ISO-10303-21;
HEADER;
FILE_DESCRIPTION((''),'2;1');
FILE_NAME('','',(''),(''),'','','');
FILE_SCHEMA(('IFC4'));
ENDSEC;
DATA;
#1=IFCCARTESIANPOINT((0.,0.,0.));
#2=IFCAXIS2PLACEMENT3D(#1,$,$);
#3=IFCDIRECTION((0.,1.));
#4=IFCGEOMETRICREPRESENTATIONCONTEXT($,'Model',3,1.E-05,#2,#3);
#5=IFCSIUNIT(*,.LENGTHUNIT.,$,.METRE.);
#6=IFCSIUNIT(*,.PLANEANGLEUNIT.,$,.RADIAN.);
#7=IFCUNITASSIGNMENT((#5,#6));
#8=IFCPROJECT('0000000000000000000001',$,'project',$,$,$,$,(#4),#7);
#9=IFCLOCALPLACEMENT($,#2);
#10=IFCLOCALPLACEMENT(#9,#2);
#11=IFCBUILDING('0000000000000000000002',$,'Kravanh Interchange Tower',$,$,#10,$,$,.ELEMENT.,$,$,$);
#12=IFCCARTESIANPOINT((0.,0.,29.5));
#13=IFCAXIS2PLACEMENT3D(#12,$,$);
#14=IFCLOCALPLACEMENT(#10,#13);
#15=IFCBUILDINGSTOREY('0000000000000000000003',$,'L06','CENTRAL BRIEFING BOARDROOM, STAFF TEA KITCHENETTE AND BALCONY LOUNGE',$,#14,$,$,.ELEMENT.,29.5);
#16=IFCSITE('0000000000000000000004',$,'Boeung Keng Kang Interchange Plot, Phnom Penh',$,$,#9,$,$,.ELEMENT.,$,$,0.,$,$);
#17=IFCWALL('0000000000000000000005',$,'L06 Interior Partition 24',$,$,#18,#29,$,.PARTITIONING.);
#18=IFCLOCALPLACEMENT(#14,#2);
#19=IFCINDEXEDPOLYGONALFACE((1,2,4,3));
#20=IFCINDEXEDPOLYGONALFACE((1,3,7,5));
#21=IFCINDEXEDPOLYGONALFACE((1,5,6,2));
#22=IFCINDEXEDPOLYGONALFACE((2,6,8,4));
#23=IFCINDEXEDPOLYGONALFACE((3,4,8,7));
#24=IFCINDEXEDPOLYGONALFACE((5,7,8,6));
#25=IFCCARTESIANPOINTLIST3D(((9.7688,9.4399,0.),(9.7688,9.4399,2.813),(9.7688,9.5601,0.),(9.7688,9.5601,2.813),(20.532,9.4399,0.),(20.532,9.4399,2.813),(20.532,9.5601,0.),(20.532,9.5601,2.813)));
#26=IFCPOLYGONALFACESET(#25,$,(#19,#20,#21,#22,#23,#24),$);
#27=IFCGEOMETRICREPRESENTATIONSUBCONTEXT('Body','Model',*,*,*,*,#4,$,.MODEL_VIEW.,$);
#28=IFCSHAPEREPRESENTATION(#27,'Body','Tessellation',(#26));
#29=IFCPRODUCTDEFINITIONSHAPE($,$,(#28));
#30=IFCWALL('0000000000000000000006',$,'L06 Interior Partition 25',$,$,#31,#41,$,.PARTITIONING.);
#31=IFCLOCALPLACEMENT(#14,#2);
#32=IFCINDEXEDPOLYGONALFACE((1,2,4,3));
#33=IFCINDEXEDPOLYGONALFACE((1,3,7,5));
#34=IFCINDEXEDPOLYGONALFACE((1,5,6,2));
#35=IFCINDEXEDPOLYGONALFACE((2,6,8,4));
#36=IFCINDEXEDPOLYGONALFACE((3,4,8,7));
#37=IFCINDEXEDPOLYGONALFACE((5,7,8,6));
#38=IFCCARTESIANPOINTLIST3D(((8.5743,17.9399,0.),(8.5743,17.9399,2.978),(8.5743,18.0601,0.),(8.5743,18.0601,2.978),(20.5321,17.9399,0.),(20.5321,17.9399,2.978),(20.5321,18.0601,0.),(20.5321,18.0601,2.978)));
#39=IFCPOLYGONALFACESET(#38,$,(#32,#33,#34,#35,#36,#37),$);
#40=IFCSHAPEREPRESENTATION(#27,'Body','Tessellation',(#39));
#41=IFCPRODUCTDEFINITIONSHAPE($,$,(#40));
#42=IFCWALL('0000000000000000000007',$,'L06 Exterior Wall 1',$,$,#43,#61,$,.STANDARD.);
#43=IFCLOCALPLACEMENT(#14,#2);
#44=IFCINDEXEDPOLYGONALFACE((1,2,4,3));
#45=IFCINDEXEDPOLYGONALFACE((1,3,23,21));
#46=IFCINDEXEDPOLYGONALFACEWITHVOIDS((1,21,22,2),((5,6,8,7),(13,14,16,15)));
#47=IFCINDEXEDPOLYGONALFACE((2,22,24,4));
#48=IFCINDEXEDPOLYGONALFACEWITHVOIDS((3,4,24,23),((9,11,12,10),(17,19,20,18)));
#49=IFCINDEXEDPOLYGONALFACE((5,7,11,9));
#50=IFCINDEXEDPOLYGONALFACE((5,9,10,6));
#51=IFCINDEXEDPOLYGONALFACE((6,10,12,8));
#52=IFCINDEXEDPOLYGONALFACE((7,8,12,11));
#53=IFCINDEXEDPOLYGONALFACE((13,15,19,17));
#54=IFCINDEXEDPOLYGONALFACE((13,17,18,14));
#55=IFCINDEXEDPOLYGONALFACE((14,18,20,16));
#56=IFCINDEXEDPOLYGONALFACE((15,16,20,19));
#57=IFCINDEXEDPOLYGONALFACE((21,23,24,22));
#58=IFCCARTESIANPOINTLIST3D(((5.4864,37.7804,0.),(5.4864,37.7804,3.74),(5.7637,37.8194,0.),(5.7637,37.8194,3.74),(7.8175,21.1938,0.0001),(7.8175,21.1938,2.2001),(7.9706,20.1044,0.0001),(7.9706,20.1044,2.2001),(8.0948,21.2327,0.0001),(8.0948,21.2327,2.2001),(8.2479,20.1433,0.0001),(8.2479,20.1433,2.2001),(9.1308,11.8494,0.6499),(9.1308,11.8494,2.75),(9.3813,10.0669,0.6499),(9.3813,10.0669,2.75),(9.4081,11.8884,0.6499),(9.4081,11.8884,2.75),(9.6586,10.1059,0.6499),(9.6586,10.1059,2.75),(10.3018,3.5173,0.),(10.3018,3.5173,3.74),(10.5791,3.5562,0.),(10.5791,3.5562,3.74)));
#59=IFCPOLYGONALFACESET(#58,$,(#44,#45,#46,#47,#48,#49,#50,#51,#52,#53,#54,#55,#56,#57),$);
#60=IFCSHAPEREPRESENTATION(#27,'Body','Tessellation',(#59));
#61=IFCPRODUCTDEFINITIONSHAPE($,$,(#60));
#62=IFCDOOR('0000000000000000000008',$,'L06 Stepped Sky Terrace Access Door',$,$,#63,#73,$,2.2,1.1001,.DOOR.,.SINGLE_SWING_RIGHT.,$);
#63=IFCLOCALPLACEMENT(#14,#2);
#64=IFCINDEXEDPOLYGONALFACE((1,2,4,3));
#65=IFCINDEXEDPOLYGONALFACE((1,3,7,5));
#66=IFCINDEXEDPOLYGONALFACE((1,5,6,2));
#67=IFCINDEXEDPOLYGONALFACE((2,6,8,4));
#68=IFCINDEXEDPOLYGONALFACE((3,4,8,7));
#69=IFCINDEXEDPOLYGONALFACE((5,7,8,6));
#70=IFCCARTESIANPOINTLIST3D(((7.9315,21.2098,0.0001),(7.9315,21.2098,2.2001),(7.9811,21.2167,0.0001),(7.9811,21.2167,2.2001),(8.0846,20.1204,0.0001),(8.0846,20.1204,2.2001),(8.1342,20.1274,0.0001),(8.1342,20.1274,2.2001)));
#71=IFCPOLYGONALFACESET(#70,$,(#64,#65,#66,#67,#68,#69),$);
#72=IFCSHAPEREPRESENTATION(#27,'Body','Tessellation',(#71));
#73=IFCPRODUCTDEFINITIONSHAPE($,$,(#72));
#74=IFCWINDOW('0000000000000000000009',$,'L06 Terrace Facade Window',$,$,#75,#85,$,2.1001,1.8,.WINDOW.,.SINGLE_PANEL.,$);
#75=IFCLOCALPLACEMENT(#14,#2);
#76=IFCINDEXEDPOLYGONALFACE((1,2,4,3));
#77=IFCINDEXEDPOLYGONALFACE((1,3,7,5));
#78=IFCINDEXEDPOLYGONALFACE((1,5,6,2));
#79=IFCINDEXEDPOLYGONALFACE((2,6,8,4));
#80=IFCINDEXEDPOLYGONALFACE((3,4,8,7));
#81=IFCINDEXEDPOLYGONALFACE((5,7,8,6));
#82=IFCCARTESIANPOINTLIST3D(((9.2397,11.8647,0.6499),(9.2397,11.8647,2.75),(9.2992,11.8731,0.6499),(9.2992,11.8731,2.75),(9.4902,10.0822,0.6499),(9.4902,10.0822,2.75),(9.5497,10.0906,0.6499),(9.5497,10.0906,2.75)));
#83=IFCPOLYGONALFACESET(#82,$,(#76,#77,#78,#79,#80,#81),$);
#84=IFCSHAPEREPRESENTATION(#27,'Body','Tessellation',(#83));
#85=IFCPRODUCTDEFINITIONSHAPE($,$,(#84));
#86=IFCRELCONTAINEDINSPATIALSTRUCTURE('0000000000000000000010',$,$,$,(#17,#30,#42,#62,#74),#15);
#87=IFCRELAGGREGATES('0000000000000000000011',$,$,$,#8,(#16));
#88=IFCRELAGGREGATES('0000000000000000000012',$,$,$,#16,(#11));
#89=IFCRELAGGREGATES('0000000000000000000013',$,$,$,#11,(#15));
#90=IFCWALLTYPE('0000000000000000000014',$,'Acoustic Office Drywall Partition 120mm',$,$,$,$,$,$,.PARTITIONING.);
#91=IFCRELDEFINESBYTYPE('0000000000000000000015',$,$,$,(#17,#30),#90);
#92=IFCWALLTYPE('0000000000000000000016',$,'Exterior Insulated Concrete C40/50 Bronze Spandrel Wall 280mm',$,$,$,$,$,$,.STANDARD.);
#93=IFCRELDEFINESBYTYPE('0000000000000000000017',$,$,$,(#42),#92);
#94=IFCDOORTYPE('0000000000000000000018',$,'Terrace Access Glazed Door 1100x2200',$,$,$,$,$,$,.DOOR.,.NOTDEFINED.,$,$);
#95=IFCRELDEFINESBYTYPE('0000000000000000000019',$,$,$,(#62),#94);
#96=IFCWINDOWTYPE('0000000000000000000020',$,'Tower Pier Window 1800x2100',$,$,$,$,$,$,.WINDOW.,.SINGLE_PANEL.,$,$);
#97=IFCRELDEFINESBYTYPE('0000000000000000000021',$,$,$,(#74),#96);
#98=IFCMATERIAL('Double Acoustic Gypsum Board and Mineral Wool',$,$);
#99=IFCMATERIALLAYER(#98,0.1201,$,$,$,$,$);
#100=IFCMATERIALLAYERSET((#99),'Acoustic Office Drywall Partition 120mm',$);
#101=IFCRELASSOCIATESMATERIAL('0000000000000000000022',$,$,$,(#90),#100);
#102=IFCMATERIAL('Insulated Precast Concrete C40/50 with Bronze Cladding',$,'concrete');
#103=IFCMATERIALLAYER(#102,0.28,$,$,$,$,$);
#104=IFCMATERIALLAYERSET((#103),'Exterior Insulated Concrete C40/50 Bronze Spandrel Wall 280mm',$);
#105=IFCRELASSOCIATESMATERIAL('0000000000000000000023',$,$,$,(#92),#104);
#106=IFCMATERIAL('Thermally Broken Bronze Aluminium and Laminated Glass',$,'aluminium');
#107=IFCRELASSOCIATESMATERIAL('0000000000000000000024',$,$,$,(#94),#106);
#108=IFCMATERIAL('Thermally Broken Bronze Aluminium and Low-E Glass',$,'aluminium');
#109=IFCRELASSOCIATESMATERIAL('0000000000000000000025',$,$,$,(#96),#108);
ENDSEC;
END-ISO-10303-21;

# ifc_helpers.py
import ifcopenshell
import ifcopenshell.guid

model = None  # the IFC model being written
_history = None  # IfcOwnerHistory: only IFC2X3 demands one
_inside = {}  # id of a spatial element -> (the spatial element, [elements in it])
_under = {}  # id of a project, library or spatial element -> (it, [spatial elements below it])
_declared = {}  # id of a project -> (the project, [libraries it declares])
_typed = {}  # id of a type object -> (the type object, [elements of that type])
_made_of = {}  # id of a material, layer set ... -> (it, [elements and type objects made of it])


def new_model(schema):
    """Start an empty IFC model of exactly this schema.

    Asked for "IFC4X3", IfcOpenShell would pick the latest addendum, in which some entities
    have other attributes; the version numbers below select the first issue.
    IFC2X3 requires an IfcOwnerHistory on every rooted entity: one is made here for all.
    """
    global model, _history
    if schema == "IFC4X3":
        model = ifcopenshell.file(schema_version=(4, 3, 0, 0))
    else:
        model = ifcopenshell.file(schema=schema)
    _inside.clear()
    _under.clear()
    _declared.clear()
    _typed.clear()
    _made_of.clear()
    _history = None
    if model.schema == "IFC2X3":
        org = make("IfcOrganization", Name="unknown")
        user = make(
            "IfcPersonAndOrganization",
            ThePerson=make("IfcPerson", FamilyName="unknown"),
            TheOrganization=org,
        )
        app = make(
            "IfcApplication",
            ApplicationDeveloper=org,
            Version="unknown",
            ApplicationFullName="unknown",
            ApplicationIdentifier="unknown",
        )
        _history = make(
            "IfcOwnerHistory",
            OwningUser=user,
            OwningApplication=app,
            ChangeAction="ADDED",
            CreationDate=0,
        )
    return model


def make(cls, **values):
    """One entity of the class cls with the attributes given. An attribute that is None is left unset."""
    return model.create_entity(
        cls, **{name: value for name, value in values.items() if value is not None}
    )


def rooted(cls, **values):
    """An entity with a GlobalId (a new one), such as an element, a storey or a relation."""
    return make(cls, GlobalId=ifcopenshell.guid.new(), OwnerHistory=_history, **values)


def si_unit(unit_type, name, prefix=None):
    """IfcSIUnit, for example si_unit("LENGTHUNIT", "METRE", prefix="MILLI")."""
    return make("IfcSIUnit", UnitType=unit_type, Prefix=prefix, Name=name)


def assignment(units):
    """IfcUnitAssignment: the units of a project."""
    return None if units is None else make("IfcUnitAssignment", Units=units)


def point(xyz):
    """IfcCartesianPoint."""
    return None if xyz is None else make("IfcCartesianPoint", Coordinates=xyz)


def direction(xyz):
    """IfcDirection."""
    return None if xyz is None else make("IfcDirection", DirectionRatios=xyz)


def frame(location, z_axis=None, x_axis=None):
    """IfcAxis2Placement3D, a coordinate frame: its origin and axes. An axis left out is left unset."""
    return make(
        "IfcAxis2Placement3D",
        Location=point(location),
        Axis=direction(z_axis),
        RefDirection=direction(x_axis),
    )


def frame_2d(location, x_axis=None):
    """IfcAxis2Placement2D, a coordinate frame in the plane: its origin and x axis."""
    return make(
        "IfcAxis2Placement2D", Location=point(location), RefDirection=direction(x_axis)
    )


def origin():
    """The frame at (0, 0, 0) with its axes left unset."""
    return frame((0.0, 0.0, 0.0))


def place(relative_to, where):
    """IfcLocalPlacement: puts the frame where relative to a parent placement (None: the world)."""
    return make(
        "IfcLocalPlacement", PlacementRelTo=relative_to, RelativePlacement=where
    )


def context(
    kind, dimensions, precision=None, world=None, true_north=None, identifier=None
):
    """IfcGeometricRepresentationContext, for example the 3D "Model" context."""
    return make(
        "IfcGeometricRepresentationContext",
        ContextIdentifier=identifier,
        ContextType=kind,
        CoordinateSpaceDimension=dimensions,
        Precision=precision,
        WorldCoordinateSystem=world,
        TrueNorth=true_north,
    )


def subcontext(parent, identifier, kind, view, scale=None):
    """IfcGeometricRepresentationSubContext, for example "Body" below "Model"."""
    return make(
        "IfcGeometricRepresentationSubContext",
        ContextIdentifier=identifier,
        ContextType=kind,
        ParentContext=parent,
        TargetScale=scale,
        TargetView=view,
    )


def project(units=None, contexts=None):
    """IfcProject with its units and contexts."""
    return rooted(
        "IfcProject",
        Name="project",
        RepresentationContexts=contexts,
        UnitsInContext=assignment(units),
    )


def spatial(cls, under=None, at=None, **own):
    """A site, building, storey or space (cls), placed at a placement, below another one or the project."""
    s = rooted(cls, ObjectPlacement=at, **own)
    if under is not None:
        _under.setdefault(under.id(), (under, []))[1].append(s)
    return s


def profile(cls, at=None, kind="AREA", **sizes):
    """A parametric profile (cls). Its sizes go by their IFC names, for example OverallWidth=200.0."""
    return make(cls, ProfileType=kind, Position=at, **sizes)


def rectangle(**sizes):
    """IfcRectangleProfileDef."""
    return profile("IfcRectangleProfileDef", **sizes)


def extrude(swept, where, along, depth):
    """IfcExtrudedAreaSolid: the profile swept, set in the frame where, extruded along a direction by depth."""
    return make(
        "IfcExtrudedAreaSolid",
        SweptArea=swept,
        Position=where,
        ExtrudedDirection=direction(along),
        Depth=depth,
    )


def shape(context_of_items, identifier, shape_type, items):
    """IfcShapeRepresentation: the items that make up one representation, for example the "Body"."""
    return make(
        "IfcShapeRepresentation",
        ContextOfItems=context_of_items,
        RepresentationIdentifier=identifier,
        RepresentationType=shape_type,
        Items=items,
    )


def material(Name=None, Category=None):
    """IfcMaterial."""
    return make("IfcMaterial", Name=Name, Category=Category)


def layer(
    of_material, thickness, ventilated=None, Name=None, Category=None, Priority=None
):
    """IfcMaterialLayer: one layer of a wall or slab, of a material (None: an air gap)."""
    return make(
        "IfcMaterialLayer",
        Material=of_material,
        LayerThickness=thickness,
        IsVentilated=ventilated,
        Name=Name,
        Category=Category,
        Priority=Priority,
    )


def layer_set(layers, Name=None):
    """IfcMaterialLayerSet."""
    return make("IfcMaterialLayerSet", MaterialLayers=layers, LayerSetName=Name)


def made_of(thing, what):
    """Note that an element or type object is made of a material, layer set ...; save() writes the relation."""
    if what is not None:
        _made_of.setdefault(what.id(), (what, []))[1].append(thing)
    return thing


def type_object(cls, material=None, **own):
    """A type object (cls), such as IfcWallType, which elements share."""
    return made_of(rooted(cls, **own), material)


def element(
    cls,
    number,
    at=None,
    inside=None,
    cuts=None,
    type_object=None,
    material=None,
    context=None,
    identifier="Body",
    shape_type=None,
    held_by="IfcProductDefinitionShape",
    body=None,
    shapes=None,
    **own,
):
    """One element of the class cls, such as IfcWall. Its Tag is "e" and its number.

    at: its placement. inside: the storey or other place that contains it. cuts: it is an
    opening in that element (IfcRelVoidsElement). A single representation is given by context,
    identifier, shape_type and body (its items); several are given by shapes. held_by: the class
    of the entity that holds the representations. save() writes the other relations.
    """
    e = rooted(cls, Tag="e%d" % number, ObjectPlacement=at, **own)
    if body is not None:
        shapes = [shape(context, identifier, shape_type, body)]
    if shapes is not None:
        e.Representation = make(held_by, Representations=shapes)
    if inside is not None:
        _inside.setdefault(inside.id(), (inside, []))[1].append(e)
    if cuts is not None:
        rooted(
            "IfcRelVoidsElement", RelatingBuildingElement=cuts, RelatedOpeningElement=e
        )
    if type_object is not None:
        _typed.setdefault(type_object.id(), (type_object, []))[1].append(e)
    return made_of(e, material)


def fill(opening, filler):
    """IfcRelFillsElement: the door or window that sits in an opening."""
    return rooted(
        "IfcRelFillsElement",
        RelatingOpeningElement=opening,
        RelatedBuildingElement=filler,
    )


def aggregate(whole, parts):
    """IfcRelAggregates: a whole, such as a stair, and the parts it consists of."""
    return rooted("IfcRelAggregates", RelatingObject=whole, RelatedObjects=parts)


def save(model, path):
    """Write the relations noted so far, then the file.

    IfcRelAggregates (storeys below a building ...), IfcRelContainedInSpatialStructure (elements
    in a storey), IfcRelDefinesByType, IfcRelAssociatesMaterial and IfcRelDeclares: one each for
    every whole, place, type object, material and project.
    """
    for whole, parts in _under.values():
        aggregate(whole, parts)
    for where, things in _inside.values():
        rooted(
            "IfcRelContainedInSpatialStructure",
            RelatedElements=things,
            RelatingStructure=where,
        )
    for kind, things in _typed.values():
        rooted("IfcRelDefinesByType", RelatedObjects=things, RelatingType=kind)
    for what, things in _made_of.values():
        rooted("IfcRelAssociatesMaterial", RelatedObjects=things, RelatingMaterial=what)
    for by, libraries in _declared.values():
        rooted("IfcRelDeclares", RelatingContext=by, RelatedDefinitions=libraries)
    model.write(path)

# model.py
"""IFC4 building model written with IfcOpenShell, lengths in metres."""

from ifc_helpers import new_model, si_unit, direction, frame, frame_2d, origin, place, context, subcontext, project, spatial, rectangle, extrude, material, layer, layer_set, type_object, element, fill, save


model = new_model("IFC4")

# Units and contexts
model_context = context("Model", 3, precision=1e-05, world=origin(), true_north=direction((0.0, 1.0)))
body_context = subcontext(model_context, "Body", "Model", "MODEL_VIEW")
ifc_project = project(units=[si_unit("LENGTHUNIT", "METRE"), si_unit("PLANEANGLEUNIT", "RADIAN")], contexts=[model_context])

# Site, building, storey
site_placement = place(None, origin())
site = spatial("IfcSite", under=ifc_project, at=site_placement, Name="Boeung Keng Kang Interchange Plot, Phnom Penh", CompositionType="ELEMENT", RefElevation=0.0)
building_placement = place(site_placement, origin())
building = spatial("IfcBuilding", under=site, at=building_placement, Name="Kravanh Interchange Tower", CompositionType="ELEMENT")
storey_placement = place(building_placement, frame((0.0, 0.0, 29.5)))
storey = spatial("IfcBuildingStorey", under=building, at=storey_placement, Name="L06", Description="CENTRAL BRIEFING BOARDROOM, STAFF TEA KITCHENETTE AND BALCONY LOUNGE", CompositionType="ELEMENT", Elevation=29.5)

# Walls
ifc_material_1 = material(Name="Double Acoustic Gypsum Board and Mineral Wool")
ifc_layer_1 = layer(ifc_material_1, 0.1201)
ifc_layer_set_1 = layer_set([ifc_layer_1], Name="Acoustic Office Drywall Partition 120mm")
wall_type_1 = type_object("IfcWallType", Name="Acoustic Office Drywall Partition 120mm", PredefinedType="PARTITIONING", material=ifc_layer_set_1)
wall_1_placement = place(storey_placement, frame((9.7688, 9.5, 0.0), z_axis=(0.0, 0.0, 1.0), x_axis=(1.0, 0.0, 0.0)))
element("IfcWall", 1, at=wall_1_placement, inside=storey, type_object=wall_type_1, Name="L06 Interior Partition 24", PredefinedType="PARTITIONING", context=body_context, shape_type="SweptSolid", body=[
    extrude(rectangle(XDim=10.7632, YDim=0.1201, at=frame_2d((5.3816, 0.0))), origin(), (0.0, 0.0, 1.0), 2.813),
])
wall_2_placement = place(storey_placement, frame((8.5742, 18.0, 0.0), z_axis=(0.0, 0.0, 1.0), x_axis=(1.0, 0.0, 0.0)))
element("IfcWall", 2, at=wall_2_placement, inside=storey, type_object=wall_type_1, Name="L06 Interior Partition 25", PredefinedType="PARTITIONING", context=body_context, shape_type="SweptSolid", body=[
    extrude(rectangle(XDim=11.9578, YDim=0.1201, at=frame_2d((5.979, 0.0))), origin(), (0.0, 0.0, 1.0), 2.978),
])

# Wall, openings, door, window
ifc_material_2 = material(Name="Insulated Precast Concrete C40/50 with Bronze Cladding", Category="concrete")
ifc_layer_2 = layer(ifc_material_2, 0.28)
ifc_layer_set_2 = layer_set([ifc_layer_2], Name="Exterior Insulated Concrete C40/50 Bronze Spandrel Wall 280mm")
wall_type_2 = type_object("IfcWallType", Name="Exterior Insulated Concrete C40/50 Bronze Spandrel Wall 280mm", PredefinedType="STANDARD", material=ifc_layer_set_2)
wall_3_placement = place(storey_placement, frame((10.4404, 3.5369, 0.0), z_axis=(0.0, 0.0, 1.0), x_axis=(-0.139175, 0.990268, 0.0)))
wall_3 = element("IfcWall", 3, at=wall_3_placement, inside=storey, type_object=wall_type_2, Name="L06 Exterior Wall 1", PredefinedType="STANDARD", context=body_context, shape_type="SweptSolid", body=[
    extrude(rectangle(XDim=34.5999, YDim=0.28, at=frame_2d((17.2998, 0.0))), origin(), (0.0, 0.0, 1.0), 3.74),
])
opening_1_placement = place(wall_3_placement, frame((16.75, 0.0, 0.0)))
opening_1 = element("IfcOpeningElement", 4, at=opening_1_placement, cuts=wall_3, PredefinedType="OPENING", context=body_context, shape_type="SweptSolid", body=[
    extrude(rectangle(XDim=1.1001, YDim=2.2, at=frame_2d((0.55, 1.1001))), frame((0.0, 0.1499, 0.0), z_axis=(0.0, -1.0, 0.0), x_axis=(1.0, 0.0, 0.0)), (0.0, 0.0, 1.0), 0.3),
])
opening_2_placement = place(wall_3_placement, frame((6.614, 0.0, 0.6499)))
opening_2 = element("IfcOpeningElement", 5, at=opening_2_placement, cuts=wall_3, PredefinedType="OPENING", context=body_context, shape_type="SweptSolid", body=[
    extrude(rectangle(XDim=1.8, YDim=2.1001, at=frame_2d((0.8999, 1.05))), frame((0.0, 0.1499, 0.0), z_axis=(0.0, -1.0, 0.0), x_axis=(1.0, 0.0, 0.0)), (0.0, 0.0, 1.0), 0.3),
])
ifc_material_3 = material(Name="Thermally Broken Bronze Aluminium and Laminated Glass", Category="aluminium")
door_type = type_object("IfcDoorType", Name="Terrace Access Glazed Door 1100x2200", OperationType="NOTDEFINED", PredefinedType="DOOR", material=ifc_material_3)
door_placement = place(opening_1_placement, origin())
door = element("IfcDoor", 6, at=door_placement, inside=storey, type_object=door_type, Name="L06 Stepped Sky Terrace Access Door", OperationType="SINGLE_SWING_RIGHT", OverallHeight=2.2, OverallWidth=1.1001, PredefinedType="DOOR", context=body_context, shape_type="SweptSolid", body=[
    extrude(rectangle(XDim=1.1001, YDim=2.2, at=frame_2d((0.55, 1.1001))), frame((0.0, 0.0249, 0.0), z_axis=(0.0, -1.0, 0.0), x_axis=(1.0, 0.0, 0.0)), (0.0, 0.0, 1.0), 0.05),
])
fill(opening_1, door)
ifc_material_4 = material(Name="Thermally Broken Bronze Aluminium and Low-E Glass", Category="aluminium")
window_type = type_object("IfcWindowType", Name="Tower Pier Window 1800x2100", PartitioningType="SINGLE_PANEL", PredefinedType="WINDOW", material=ifc_material_4)
window_placement = place(opening_2_placement, origin())
window = element("IfcWindow", 7, at=window_placement, inside=storey, type_object=window_type, Name="L06 Terrace Facade Window", OverallHeight=2.1001, OverallWidth=1.8, PartitioningType="SINGLE_PANEL", PredefinedType="WINDOW", context=body_context, shape_type="SweptSolid", body=[
    extrude(rectangle(XDim=1.8, YDim=2.1001, at=frame_2d((0.8999, 1.05))), frame((0.0, 0.03, 0.0), z_axis=(0.0, -1.0, 0.0), x_axis=(1.0, 0.0, 0.0)), (0.0, 0.0, 1.0), 0.0601),
])
fill(opening_2, window)

save(model, "model.ifc")
